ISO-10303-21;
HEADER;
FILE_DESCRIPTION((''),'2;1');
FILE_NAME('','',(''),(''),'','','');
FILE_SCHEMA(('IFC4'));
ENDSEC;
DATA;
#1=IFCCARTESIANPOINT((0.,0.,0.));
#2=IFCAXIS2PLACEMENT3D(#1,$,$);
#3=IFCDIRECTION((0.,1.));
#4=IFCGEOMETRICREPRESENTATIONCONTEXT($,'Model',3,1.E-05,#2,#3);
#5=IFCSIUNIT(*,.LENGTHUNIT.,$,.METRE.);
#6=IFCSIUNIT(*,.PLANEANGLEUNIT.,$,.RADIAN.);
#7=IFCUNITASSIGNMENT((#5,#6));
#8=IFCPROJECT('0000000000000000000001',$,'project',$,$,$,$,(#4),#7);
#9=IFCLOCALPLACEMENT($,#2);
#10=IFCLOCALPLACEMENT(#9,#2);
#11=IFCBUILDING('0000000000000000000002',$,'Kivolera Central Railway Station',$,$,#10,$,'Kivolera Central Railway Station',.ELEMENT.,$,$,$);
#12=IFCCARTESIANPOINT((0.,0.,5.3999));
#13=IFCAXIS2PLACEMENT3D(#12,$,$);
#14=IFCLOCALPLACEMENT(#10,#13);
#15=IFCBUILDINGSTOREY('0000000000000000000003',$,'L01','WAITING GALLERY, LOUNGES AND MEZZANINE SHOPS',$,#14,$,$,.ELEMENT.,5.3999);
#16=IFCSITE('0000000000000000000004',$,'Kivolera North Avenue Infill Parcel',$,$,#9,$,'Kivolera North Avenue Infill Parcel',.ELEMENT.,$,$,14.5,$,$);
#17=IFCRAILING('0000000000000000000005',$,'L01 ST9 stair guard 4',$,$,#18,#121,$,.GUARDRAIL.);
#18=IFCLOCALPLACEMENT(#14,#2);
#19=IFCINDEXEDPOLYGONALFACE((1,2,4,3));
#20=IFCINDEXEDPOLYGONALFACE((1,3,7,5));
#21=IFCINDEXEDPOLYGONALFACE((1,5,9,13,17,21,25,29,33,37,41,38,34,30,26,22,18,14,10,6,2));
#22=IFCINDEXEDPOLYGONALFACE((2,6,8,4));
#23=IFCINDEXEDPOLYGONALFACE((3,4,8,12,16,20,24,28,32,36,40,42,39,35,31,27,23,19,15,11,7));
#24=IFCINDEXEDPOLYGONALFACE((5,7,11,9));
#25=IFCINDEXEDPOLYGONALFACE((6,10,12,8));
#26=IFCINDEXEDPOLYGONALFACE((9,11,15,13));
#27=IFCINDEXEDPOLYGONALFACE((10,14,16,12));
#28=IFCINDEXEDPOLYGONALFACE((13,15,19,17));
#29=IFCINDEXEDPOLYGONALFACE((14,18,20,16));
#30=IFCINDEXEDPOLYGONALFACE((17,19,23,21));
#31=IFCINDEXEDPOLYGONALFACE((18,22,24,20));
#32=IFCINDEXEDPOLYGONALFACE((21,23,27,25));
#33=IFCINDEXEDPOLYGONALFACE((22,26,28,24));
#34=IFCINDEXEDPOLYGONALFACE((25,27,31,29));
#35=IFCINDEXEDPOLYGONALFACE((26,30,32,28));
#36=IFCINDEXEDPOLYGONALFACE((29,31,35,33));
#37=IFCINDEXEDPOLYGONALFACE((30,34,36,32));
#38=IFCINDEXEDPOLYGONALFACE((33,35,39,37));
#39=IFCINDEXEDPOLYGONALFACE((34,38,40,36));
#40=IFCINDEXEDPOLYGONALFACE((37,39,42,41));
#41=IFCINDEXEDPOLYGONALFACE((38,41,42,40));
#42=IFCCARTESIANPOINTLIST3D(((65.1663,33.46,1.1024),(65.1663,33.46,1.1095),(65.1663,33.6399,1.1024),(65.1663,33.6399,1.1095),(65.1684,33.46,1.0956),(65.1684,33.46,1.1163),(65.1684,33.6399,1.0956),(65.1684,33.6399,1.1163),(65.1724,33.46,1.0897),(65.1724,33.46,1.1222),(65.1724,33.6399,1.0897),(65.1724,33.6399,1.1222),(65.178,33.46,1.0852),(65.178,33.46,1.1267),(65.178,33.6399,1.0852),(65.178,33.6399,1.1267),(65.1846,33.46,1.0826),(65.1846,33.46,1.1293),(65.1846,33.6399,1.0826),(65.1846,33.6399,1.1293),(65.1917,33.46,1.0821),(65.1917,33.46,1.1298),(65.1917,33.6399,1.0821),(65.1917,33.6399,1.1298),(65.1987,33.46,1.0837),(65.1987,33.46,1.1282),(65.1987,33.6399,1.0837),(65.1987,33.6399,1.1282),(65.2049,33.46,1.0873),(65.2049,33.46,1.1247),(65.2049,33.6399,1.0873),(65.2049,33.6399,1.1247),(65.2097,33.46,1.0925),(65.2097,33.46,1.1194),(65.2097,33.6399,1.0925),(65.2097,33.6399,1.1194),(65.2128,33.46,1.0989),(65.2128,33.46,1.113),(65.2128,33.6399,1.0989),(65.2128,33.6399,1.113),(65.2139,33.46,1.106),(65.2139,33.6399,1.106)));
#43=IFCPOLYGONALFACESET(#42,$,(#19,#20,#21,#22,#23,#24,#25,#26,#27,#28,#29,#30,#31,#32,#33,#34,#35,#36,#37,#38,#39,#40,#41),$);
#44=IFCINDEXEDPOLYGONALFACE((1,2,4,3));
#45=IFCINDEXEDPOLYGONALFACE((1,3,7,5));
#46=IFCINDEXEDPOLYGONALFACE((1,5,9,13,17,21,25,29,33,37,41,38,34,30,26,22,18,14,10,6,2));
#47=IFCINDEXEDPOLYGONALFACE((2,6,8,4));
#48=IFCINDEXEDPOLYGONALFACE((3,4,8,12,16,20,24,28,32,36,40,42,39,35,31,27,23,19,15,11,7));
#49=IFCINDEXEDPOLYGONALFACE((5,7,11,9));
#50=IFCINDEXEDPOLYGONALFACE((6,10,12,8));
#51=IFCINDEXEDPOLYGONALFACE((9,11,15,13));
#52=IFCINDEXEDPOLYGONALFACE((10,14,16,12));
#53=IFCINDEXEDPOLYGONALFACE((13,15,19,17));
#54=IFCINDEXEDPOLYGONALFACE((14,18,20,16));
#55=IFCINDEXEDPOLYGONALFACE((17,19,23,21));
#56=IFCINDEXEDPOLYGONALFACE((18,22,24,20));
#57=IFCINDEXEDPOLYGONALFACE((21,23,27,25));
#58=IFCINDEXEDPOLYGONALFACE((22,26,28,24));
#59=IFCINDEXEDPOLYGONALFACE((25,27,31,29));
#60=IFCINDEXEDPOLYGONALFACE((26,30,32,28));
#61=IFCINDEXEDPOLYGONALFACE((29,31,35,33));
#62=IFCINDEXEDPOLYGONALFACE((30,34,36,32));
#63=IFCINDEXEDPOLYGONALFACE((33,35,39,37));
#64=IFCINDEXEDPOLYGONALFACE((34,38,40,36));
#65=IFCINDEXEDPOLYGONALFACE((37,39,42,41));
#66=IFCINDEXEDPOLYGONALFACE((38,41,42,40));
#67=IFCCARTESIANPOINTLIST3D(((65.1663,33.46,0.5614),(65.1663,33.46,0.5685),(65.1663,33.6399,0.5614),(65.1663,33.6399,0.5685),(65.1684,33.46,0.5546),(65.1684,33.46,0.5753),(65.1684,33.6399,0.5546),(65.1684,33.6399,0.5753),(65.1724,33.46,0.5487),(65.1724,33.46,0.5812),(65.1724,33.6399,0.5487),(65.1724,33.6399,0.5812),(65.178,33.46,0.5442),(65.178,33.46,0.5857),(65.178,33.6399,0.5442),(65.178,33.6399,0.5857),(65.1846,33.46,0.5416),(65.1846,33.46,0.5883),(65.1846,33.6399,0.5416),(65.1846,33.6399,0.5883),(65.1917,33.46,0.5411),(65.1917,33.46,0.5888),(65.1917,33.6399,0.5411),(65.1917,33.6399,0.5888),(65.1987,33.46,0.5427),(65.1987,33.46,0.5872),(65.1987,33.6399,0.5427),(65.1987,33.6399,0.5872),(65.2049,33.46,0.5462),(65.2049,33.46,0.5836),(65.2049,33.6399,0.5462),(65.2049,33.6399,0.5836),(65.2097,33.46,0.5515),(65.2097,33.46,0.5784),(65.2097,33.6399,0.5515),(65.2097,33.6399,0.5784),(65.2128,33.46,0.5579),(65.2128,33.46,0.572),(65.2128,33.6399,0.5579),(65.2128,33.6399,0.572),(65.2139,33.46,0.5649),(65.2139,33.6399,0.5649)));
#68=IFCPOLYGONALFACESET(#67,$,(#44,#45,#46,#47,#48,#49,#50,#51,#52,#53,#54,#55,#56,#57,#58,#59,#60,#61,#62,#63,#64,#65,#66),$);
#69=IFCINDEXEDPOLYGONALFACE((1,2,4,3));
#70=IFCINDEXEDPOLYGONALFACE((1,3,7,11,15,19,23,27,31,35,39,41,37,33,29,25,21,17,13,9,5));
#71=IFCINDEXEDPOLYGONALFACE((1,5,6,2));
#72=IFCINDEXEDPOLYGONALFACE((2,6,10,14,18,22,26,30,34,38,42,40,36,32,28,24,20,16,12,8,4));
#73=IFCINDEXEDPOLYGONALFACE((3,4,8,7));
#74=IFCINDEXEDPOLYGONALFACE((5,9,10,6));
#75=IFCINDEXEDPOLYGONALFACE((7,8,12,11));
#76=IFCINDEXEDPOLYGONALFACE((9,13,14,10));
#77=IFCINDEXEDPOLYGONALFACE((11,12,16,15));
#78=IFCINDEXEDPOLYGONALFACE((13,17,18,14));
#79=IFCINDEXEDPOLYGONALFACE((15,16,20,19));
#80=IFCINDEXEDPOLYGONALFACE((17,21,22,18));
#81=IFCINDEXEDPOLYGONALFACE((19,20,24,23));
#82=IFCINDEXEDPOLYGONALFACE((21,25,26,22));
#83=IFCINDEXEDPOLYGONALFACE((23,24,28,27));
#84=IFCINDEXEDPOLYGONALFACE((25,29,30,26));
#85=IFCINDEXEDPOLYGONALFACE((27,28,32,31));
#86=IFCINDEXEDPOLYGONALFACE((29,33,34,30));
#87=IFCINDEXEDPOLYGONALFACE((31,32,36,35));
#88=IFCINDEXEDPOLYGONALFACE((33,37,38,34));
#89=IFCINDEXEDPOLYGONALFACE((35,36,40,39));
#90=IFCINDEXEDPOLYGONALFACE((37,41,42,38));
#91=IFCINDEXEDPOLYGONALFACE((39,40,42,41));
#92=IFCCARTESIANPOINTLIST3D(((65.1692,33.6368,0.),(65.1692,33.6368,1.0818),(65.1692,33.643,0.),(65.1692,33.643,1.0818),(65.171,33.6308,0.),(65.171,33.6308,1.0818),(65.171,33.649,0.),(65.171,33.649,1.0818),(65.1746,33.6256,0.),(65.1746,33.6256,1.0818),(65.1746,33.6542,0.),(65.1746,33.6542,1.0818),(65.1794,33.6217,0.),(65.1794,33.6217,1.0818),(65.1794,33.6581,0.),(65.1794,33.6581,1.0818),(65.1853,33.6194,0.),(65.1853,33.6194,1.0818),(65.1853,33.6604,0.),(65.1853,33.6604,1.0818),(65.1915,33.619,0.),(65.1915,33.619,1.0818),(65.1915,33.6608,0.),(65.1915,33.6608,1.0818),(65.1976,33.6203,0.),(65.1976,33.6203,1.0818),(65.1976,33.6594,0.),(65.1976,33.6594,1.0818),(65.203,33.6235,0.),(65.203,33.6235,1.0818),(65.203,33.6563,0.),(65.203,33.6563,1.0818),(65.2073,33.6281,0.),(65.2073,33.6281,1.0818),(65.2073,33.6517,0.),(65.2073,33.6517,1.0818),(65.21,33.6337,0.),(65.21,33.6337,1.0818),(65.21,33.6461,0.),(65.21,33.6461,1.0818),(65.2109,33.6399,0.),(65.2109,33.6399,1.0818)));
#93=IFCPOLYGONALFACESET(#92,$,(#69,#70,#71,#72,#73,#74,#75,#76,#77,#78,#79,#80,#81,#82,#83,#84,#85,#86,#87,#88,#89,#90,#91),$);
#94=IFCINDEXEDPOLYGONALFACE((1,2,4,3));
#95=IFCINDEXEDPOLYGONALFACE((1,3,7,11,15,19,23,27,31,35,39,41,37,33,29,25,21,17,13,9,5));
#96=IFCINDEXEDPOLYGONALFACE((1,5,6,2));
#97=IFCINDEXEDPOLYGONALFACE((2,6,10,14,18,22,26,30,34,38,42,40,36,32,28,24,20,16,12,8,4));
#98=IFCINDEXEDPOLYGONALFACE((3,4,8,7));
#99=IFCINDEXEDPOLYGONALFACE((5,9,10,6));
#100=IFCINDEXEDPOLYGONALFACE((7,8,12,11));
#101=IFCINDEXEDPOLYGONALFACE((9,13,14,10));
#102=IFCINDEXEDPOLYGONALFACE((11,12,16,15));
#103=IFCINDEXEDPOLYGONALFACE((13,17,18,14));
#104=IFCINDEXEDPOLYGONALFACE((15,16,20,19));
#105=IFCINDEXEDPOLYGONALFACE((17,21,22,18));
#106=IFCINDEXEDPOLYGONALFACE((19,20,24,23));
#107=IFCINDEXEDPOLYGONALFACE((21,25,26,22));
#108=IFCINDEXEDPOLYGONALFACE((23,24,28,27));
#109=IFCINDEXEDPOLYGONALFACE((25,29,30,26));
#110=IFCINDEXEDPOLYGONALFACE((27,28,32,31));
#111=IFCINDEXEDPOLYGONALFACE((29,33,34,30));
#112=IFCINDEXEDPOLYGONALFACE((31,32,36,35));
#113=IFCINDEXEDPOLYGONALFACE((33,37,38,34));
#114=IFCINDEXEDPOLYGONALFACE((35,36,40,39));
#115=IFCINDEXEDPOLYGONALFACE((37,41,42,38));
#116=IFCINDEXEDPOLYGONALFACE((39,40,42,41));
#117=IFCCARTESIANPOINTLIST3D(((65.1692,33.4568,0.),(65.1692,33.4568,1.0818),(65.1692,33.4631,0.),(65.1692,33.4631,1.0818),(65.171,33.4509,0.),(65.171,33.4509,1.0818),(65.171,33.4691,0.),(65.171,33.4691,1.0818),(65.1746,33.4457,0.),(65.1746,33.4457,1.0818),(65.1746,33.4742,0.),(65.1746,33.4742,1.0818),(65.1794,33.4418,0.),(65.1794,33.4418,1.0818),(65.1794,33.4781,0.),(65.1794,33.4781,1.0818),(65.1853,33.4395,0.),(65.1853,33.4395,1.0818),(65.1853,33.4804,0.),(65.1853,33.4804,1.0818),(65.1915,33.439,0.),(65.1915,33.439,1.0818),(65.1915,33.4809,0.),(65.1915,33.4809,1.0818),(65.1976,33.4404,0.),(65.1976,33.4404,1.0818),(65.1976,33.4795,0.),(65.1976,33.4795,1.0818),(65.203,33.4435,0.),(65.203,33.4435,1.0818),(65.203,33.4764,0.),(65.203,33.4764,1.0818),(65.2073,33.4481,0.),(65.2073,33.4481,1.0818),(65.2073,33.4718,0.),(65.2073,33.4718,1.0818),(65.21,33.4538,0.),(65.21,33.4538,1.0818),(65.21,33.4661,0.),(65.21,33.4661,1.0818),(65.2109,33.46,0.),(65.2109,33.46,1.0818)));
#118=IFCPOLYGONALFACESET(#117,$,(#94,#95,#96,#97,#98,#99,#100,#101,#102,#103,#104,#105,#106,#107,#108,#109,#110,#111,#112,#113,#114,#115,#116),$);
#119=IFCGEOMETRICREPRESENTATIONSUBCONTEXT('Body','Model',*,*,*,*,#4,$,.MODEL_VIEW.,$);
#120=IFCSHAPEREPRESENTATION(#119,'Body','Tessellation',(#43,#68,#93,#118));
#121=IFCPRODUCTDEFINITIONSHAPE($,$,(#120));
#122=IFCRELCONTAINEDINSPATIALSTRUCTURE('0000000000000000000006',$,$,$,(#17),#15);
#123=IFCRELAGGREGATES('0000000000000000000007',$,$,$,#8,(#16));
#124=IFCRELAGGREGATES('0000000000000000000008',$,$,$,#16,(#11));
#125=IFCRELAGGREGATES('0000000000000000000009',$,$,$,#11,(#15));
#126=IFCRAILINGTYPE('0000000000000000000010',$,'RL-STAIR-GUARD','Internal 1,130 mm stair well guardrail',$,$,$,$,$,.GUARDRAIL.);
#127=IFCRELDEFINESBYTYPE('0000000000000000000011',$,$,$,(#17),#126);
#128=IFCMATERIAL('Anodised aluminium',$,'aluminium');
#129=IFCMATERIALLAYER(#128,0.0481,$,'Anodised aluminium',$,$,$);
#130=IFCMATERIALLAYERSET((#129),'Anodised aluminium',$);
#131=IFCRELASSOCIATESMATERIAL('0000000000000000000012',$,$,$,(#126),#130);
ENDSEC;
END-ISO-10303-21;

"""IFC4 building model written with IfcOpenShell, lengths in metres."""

from ifc_helpers import new_model, si_unit, direction, frame, origin, origin_2d, place, context, subcontext, project, spatial, circle, extrude, material, layer, layer_set, type_object, element, save


model = new_model("IFC4")

# Units and contexts
model_context = context("Model", 3, precision=1e-05, world=origin(), true_north=direction((0.0, 1.0)))
body_context = subcontext(model_context, "Body", "Model", "MODEL_VIEW")
ifc_project = project(units=[si_unit("LENGTHUNIT", "METRE"), si_unit("PLANEANGLEUNIT", "RADIAN")], contexts=[model_context])

# Site, building, storey
site_placement = place(None, origin())
site = spatial("IfcSite", under=ifc_project, at=site_placement, Name="Kivolera North Avenue Infill Parcel", LongName="Kivolera North Avenue Infill Parcel", CompositionType="ELEMENT", RefElevation=14.5)
building_placement = place(site_placement, origin())
building = spatial("IfcBuilding", under=site, at=building_placement, Name="Kivolera Central Railway Station", LongName="Kivolera Central Railway Station", CompositionType="ELEMENT")
storey_placement = place(building_placement, frame((0.0, 0.0, 5.3999)))
storey = spatial("IfcBuildingStorey", under=building, at=storey_placement, Name="L01", Description="WAITING GALLERY, LOUNGES AND MEZZANINE SHOPS", CompositionType="ELEMENT", Elevation=5.3999)

# Railing
ifc_material_1 = material(Name="Anodised aluminium", Category="aluminium")
ifc_layer_1 = layer(ifc_material_1, 0.0481, Name="Anodised aluminium")
ifc_layer_set_1 = layer_set([ifc_layer_1], Name="Anodised aluminium")
railing_type_1 = type_object("IfcRailingType", Name="RL-STAIR-GUARD", Description="Internal 1,130 mm stair well guardrail", PredefinedType="GUARDRAIL", material=ifc_layer_set_1)
railing_1_placement = place(storey_placement, frame((65.1899, 33.6399, 0.0)))
element("IfcRailing", 1, at=railing_1_placement, inside=storey, type_object=railing_type_1, Name="L01 ST9 stair guard 4", PredefinedType="GUARDRAIL", context=body_context, shape_type="SweptSolid", body=[
    extrude(circle(Radius=0.0239, at=origin_2d()), frame((0.0, 0.0, 1.106), z_axis=(0.0, -1.0, 0.0), x_axis=(1.0, 0.0, 0.0)), (0.0, 0.0, 1.0), 0.1799),
    extrude(circle(Radius=0.0239, at=origin_2d()), frame((0.0, 0.0, 0.5649), z_axis=(0.0, -1.0, 0.0), x_axis=(1.0, 0.0, 0.0)), (0.0, 0.0, 1.0), 0.1799),
    extrude(circle(Radius=0.021, at=origin_2d()), origin(), (0.0, 0.0, 1.0), 1.0818),
    extrude(circle(Radius=0.021, at=origin_2d()), frame((0.0, -0.1799, 0.0)), (0.0, 0.0, 1.0), 1.0818),
])

save(model, "model.ifc")
